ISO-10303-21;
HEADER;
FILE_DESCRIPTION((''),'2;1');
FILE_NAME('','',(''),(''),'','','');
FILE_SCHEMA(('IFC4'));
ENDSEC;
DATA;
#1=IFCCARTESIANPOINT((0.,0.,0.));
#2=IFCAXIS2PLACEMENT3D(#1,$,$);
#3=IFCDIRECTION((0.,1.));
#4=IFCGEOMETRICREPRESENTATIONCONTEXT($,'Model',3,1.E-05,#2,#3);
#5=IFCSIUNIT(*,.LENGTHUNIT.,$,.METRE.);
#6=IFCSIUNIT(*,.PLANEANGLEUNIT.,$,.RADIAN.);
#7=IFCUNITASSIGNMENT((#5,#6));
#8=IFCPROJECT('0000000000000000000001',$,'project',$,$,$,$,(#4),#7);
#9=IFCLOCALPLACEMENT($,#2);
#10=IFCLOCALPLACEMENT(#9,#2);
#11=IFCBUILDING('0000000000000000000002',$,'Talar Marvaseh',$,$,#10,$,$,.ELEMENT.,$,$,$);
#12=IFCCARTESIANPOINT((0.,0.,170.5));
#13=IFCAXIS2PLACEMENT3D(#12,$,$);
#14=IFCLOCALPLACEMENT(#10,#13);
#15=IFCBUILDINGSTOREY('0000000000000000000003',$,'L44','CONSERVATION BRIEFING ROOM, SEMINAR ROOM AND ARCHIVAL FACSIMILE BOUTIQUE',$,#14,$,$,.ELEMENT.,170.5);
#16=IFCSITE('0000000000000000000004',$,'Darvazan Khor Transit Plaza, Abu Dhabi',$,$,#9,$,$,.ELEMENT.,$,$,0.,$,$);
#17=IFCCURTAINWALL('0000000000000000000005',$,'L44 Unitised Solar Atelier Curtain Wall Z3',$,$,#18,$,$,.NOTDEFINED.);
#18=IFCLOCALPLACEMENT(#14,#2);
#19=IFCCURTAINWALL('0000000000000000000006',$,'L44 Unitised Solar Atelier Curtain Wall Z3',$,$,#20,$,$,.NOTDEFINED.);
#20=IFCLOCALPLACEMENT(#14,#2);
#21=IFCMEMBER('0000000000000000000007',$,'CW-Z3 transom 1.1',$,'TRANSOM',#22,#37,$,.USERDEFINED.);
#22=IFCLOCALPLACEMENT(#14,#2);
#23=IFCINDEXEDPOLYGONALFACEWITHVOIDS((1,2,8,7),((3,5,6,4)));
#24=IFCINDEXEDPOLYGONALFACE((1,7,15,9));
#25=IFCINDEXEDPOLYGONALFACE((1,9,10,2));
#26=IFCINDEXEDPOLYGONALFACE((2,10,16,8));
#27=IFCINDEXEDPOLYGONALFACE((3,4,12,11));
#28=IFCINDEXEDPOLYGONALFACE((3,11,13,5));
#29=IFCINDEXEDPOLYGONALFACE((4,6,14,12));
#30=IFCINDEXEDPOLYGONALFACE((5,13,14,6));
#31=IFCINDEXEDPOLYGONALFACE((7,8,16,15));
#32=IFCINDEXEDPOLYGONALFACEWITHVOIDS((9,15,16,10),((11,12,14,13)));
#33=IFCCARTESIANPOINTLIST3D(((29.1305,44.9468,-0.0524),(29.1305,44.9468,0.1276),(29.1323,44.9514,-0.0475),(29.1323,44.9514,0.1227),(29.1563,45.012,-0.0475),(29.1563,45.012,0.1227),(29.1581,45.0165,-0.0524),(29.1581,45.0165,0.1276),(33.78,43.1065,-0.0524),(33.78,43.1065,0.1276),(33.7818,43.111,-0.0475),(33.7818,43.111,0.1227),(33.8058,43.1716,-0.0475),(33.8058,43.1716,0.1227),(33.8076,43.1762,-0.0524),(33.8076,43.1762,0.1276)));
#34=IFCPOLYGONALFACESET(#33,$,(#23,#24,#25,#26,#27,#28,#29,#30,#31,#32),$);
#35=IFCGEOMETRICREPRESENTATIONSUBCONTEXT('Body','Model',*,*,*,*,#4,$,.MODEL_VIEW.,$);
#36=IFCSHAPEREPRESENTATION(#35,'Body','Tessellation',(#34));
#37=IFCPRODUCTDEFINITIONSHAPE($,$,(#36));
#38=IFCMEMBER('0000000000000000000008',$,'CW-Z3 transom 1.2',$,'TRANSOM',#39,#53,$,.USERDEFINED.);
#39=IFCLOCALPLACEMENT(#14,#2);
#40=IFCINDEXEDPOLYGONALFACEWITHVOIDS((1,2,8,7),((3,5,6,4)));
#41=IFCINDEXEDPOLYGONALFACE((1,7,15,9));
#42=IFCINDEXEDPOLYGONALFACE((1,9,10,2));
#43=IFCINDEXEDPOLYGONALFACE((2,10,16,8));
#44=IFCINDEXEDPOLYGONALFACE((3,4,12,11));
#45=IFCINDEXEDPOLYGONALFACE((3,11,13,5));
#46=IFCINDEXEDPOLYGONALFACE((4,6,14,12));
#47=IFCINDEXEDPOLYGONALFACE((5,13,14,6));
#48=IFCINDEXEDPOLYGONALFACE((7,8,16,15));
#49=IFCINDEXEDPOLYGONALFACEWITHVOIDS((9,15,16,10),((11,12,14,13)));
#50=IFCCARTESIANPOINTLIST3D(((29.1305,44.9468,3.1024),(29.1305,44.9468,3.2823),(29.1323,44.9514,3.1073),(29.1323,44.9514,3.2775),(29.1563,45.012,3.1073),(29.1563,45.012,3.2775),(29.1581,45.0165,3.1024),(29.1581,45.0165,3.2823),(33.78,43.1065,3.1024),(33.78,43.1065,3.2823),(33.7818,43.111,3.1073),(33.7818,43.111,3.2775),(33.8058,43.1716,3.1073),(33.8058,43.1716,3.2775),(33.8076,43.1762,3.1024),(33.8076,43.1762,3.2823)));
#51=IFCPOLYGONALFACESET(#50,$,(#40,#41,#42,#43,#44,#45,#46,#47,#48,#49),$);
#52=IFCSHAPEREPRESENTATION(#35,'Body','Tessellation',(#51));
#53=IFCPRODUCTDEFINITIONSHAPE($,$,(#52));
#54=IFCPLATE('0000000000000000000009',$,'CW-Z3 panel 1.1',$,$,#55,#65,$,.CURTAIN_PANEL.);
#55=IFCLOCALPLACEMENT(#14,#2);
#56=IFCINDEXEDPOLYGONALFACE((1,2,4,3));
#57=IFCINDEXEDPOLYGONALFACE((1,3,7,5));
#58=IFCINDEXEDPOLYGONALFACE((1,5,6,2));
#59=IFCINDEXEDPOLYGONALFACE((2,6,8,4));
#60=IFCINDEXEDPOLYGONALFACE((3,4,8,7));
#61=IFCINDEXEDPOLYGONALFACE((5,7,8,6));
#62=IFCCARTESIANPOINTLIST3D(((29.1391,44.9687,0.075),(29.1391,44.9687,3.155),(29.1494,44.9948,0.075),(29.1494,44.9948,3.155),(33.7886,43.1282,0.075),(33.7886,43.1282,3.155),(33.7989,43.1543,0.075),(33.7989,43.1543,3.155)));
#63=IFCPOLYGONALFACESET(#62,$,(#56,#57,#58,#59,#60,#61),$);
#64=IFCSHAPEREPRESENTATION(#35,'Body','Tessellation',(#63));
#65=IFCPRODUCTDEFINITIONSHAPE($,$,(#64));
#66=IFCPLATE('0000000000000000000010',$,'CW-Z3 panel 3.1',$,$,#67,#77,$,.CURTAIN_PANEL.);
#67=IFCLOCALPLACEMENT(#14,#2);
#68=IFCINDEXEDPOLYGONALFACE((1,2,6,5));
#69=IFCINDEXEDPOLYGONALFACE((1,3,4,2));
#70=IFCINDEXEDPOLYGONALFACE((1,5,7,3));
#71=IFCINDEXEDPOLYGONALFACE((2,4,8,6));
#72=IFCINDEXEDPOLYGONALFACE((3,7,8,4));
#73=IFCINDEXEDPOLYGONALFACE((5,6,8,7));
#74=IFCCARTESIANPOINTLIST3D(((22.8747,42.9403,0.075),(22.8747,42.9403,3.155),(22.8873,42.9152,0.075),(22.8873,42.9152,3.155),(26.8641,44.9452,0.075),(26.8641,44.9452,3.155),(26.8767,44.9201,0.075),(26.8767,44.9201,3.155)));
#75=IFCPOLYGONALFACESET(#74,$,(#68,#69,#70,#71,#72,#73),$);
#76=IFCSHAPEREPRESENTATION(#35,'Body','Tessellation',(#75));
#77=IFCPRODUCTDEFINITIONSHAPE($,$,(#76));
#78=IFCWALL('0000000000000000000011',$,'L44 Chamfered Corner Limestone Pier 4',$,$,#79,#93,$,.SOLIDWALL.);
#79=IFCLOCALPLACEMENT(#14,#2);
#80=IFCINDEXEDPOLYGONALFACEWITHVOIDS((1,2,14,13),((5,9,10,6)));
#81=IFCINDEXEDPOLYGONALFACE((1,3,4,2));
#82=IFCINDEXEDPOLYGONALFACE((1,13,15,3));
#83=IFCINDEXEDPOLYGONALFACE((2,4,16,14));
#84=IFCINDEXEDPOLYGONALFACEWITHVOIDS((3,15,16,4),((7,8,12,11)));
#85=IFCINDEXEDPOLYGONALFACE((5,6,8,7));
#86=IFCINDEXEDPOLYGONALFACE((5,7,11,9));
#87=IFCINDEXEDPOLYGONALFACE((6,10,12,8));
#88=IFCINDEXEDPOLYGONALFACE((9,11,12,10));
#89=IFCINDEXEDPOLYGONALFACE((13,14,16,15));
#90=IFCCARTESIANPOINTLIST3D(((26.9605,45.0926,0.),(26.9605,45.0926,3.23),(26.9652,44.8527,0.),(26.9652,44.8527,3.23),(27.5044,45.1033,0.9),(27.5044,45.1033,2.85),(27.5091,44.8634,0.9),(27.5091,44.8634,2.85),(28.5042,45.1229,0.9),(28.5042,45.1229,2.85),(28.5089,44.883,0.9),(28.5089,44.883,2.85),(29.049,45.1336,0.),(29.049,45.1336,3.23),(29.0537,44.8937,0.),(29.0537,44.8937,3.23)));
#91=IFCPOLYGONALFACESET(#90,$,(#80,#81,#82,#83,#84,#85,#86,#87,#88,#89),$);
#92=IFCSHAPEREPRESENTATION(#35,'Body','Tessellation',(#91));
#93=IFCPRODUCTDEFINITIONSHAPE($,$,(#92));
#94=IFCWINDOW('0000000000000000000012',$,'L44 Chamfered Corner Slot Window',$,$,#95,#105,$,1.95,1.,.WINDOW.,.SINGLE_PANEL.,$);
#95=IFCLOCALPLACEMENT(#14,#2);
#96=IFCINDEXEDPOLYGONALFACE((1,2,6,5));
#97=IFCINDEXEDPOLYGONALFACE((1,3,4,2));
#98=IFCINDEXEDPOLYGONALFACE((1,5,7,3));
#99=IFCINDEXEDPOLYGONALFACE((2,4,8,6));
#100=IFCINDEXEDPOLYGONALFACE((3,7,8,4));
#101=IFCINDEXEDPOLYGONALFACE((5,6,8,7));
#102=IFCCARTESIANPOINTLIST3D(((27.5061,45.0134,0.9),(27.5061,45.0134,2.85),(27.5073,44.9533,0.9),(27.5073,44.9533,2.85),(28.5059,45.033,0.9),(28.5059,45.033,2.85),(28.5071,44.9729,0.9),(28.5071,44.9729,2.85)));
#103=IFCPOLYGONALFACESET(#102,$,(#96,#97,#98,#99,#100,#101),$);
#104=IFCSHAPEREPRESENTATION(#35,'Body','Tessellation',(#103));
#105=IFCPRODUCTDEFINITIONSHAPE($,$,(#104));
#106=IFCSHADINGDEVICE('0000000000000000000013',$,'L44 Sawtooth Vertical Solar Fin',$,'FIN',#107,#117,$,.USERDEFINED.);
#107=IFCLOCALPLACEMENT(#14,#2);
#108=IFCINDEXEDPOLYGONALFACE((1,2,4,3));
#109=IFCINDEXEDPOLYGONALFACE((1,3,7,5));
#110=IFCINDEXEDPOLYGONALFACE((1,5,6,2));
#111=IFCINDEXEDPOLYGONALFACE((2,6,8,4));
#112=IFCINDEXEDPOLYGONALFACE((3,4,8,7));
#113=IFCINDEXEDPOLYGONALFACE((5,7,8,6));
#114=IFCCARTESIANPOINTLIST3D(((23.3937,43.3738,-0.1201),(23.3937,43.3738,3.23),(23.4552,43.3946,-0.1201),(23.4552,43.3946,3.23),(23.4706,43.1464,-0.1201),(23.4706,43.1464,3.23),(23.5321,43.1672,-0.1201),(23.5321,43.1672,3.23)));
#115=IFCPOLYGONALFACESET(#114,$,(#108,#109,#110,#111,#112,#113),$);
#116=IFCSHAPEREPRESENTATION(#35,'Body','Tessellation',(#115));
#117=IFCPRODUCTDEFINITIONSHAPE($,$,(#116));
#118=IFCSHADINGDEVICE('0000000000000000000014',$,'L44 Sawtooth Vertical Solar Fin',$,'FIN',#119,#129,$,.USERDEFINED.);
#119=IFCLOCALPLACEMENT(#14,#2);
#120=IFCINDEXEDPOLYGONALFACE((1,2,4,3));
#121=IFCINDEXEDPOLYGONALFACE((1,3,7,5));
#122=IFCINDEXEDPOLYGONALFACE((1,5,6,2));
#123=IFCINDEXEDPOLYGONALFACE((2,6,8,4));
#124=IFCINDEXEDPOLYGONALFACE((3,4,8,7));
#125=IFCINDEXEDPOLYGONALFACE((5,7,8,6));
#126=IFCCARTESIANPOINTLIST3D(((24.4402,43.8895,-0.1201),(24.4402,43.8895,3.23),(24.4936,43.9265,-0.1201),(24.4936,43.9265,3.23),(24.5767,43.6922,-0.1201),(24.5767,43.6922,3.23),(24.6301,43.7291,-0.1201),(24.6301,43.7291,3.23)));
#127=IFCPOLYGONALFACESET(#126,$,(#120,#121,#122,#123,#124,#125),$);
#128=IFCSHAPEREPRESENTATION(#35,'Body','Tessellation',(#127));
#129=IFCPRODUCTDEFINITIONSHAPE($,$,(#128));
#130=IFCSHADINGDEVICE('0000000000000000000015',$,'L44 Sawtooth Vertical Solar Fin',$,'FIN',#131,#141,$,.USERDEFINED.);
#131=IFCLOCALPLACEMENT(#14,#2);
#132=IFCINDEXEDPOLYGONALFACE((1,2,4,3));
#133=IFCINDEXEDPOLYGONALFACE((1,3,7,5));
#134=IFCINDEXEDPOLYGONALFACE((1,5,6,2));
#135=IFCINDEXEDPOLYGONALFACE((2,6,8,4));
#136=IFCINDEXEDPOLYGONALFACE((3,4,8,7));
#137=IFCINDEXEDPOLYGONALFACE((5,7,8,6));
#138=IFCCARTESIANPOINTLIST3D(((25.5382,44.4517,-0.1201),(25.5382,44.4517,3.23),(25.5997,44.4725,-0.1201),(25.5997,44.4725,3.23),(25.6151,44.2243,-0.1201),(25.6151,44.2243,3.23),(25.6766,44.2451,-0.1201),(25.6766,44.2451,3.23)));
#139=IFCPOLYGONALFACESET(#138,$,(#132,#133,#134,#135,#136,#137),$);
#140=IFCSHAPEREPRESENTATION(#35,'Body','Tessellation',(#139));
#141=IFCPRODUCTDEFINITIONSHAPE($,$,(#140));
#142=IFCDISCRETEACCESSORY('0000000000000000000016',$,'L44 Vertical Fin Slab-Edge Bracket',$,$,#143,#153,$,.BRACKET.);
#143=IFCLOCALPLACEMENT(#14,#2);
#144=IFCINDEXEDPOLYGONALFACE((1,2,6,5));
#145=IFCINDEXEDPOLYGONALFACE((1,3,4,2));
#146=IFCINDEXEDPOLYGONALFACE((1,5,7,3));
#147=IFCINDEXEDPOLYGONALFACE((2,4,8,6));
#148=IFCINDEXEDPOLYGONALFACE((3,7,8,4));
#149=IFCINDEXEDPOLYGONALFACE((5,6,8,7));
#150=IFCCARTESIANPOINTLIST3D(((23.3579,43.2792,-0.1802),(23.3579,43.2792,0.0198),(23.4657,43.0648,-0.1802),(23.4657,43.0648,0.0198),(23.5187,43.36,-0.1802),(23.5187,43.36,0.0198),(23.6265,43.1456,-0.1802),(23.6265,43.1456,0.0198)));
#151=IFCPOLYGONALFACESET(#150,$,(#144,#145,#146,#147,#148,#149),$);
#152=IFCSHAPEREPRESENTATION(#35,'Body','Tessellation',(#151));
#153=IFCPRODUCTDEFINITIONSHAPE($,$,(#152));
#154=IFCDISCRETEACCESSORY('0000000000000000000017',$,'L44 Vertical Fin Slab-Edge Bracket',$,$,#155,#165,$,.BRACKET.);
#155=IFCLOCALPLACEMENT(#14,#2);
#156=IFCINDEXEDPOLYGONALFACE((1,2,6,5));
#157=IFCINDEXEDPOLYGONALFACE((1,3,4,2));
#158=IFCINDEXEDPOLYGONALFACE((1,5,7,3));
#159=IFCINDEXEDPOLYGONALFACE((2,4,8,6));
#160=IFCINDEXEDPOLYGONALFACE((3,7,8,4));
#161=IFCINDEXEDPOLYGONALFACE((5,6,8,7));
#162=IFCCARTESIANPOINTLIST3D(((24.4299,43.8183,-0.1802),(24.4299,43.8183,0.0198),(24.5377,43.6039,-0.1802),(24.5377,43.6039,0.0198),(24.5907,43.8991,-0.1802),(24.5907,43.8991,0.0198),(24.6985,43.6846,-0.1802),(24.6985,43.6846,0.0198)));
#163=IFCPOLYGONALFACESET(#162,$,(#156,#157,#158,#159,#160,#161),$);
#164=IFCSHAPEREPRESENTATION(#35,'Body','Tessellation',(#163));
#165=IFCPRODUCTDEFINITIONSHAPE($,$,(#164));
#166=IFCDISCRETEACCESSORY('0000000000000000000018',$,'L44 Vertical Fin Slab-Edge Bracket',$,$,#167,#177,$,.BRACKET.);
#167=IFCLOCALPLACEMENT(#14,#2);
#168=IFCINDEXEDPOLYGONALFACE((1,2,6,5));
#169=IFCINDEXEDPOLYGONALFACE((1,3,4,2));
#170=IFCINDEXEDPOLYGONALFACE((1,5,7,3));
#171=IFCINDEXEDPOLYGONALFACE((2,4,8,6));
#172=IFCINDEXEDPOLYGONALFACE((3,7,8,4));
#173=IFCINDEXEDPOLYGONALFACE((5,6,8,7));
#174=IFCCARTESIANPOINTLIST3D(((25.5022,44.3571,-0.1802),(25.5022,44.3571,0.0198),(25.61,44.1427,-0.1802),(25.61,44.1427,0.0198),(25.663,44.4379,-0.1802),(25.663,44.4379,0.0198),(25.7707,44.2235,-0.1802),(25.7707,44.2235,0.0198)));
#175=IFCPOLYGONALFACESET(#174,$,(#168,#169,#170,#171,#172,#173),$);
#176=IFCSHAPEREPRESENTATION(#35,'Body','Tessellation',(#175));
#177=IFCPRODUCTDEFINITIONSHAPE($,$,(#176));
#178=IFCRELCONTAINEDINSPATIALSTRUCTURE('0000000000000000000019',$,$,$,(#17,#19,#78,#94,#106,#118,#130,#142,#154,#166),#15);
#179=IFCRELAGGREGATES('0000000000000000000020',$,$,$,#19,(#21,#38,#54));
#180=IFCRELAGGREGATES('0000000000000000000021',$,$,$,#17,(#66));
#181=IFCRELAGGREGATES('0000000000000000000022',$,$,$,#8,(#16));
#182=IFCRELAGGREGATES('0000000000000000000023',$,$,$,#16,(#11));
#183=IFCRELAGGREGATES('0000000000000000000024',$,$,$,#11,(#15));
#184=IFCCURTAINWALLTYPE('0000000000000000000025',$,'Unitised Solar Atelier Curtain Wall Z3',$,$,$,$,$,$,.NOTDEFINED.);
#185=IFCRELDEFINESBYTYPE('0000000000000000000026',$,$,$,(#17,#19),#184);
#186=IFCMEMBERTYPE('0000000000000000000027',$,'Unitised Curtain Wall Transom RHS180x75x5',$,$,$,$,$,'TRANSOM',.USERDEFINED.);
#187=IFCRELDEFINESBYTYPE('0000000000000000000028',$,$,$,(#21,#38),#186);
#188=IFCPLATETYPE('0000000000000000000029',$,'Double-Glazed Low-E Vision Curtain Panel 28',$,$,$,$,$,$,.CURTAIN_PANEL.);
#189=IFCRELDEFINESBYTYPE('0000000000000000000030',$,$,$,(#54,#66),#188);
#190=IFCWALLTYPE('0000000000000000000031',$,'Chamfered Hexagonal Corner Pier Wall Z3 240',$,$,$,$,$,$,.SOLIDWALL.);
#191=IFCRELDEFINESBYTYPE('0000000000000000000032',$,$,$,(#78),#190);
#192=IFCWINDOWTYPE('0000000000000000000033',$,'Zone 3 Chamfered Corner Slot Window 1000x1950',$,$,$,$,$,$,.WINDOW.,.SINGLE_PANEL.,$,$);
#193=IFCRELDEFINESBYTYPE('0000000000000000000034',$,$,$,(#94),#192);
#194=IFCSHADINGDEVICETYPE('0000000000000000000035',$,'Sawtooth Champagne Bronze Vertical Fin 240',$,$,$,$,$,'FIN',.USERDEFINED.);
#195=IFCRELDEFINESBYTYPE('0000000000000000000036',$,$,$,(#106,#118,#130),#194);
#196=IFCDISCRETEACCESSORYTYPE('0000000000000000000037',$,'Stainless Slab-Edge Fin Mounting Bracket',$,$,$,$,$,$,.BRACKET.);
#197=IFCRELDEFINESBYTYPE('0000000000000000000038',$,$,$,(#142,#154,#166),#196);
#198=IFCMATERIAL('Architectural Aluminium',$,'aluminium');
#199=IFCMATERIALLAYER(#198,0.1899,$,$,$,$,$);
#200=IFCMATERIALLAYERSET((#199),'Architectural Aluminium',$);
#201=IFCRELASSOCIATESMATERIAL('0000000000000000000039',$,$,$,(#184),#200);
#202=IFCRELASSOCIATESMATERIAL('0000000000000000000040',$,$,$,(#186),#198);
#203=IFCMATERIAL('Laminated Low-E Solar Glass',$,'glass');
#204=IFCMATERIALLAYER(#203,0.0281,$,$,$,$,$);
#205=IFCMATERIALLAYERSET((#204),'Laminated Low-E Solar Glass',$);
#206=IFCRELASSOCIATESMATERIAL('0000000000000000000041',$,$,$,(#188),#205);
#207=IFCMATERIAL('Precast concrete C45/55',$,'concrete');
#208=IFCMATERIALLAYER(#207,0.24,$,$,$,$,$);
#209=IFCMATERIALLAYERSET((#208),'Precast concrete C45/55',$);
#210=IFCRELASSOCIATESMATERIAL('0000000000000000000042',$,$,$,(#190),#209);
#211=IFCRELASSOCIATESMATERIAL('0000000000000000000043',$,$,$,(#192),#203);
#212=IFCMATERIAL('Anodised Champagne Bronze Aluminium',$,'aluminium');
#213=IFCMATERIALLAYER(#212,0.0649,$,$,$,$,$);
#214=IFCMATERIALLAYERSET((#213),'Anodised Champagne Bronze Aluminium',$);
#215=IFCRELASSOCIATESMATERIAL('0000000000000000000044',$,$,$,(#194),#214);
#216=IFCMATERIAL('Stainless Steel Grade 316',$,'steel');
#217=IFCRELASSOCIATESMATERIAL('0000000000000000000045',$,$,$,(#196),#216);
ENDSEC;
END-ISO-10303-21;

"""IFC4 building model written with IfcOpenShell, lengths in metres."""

from ifc_helpers import new_model, si_unit, direction, frame, frame_2d, origin, origin_2d, place, context, subcontext, project, spatial, rectangle, hollow_rectangle, extrude, source, transform, mapped, material, layer, layer_set, material_profile, profile_set, type_object, type_shapes, element, fill, aggregate, save


model = new_model("IFC4")

# Units and contexts
model_context = context("Model", 3, precision=1e-05, world=origin(), true_north=direction((0.0, 1.0)))
body_context = subcontext(model_context, "Body", "Model", "MODEL_VIEW")
ifc_project = project(units=[si_unit("LENGTHUNIT", "METRE"), si_unit("PLANEANGLEUNIT", "RADIAN")], contexts=[model_context])

# Site, building, storey
site_placement = place(None, origin())
site = spatial("IfcSite", under=ifc_project, at=site_placement, Name="Darvazan Khor Transit Plaza, Abu Dhabi", CompositionType="ELEMENT", RefElevation=0.0)
building_placement = place(site_placement, origin())
building = spatial("IfcBuilding", under=site, at=building_placement, Name="Talar Marvaseh", CompositionType="ELEMENT")
storey_placement = place(building_placement, frame((0.0, 0.0, 170.5)))
storey = spatial("IfcBuildingStorey", under=building, at=storey_placement, Name="L44", Description="CONSERVATION BRIEFING ROOM, SEMINAR ROOM AND ARCHIVAL FACSIMILE BOUTIQUE", CompositionType="ELEMENT", Elevation=170.5)

# Curtain wall
ifc_material_1 = material(Name="Architectural Aluminium", Category="aluminium")
ifc_layer_1 = layer(ifc_material_1, 0.1899)
ifc_layer_set_1 = layer_set([ifc_layer_1], Name="Architectural Aluminium")
curtain_wall_type = type_object("IfcCurtainWallType", Name="Unitised Solar Atelier Curtain Wall Z3", PredefinedType="NOTDEFINED", material=ifc_layer_set_1)
curtain_wall_1_placement = place(storey_placement, origin())
curtain_wall_1 = element("IfcCurtainWall", 1, at=curtain_wall_1_placement, inside=storey, type_object=curtain_wall_type, Name="L44 Unitised Solar Atelier Curtain Wall Z3", PredefinedType="NOTDEFINED")

# Curtain wall
curtain_wall_2_placement = place(storey_placement, origin())
curtain_wall_2 = element("IfcCurtainWall", 2, at=curtain_wall_2_placement, inside=storey, type_object=curtain_wall_type, Name="L44 Unitised Solar Atelier Curtain Wall Z3", PredefinedType="NOTDEFINED")

# Members
ifc_material_profile_1 = material_profile(ifc_material_1, hollow_rectangle(XDim=0.075, YDim=0.1799, WallThickness=0.0049, at=origin_2d()), Name="RHS180x75x5")
ifc_profile_set_1 = profile_set([ifc_material_profile_1], Name="Architectural Aluminium")
member_type_1 = type_object("IfcMemberType", Name="Unitised Curtain Wall Transom RHS180x75x5", ElementType="TRANSOM", PredefinedType="USERDEFINED", material=ifc_profile_set_1)
shared_shape_1 = source(origin(), body_context, "Body", "SweptSolid", [
    extrude(hollow_rectangle(XDim=0.075, YDim=0.1799, WallThickness=0.0049, at=origin_2d()), origin(), (0.0, 0.0, 1.0), 5.0005),
])
member_1_placement = place(storey_placement, frame((29.1443, 44.9817, 0.0376), z_axis=(0.929811, -0.368038, 0.0), x_axis=(0.368038, 0.929811, 0.0)))
member_1 = element("IfcMember", 3, at=member_1_placement, type_object=member_type_1, Name="CW-Z3 transom 1.1", ObjectType="TRANSOM", PredefinedType="USERDEFINED", context=body_context, shape_type="MappedRepresentation", body=[
    mapped(shared_shape_1, transform((0.0, 0.0, 0.0), x_axis=(1.0, 0.0, 0.0), y_axis=(0.0, 1.0, 0.0), z_axis=(0.0, 0.0, 1.0), scale=1.0)),
])
member_2_placement = place(storey_placement, frame((29.1443, 44.9817, 3.1924), z_axis=(0.929811, -0.368038, 0.0), x_axis=(0.368038, 0.929811, 0.0)))
member_2 = element("IfcMember", 4, at=member_2_placement, type_object=member_type_1, Name="CW-Z3 transom 1.2", ObjectType="TRANSOM", PredefinedType="USERDEFINED", context=body_context, shape_type="MappedRepresentation", body=[
    mapped(shared_shape_1, transform((0.0, 0.0, 0.0), x_axis=(1.0, 0.0, 0.0), y_axis=(0.0, 1.0, 0.0), z_axis=(0.0, 0.0, 1.0), scale=1.0)),
])

# Plates
ifc_material_2 = material(Name="Laminated Low-E Solar Glass", Category="glass")
ifc_layer_2 = layer(ifc_material_2, 0.0281)
ifc_layer_set_2 = layer_set([ifc_layer_2], Name="Laminated Low-E Solar Glass")
plate_type = type_object("IfcPlateType", Name="Double-Glazed Low-E Vision Curtain Panel 28", PredefinedType="CURTAIN_PANEL", material=ifc_layer_set_2)
shared_shape_2 = source(origin(), body_context, "Body", "SweptSolid", [
    extrude(rectangle(XDim=5.0005, YDim=0.0281, at=origin_2d()), origin(), (0.0, 0.0, 1.0), 3.0801),
])
plate_1_placement = place(storey_placement, frame((31.469, 44.0615, 0.075), z_axis=(0.0, 0.0, 1.0), x_axis=(0.929801, -0.368062, 0.0)))
plate_1 = element("IfcPlate", 5, at=plate_1_placement, type_object=plate_type, Name="CW-Z3 panel 1.1", PredefinedType="CURTAIN_PANEL", context=body_context, shape_type="MappedRepresentation", body=[
    mapped(shared_shape_2, transform((0.0, 0.0, 0.0), x_axis=(1.0, 0.0, 0.0), y_axis=(0.0, 1.0, 0.0), z_axis=(0.0, 0.0, 1.0), scale=1.0)),
])
aggregate(curtain_wall_2, [member_1, member_2, plate_1])
shared_shape_3 = source(origin(), body_context, "Body", "SweptSolid", [
    extrude(rectangle(XDim=4.4648, YDim=0.0281, at=origin_2d()), origin(), (0.0, 0.0, 1.0), 3.0801),
])
type_shapes(plate_type, [shared_shape_2, shared_shape_3])
plate_2_placement = place(storey_placement, frame((24.8757, 43.9302, 0.075), z_axis=(0.0, 0.0, 1.0), x_axis=(0.893511, 0.449042, 0.0)))
plate_2 = element("IfcPlate", 6, at=plate_2_placement, type_object=plate_type, Name="CW-Z3 panel 3.1", PredefinedType="CURTAIN_PANEL", context=body_context, shape_type="MappedRepresentation", body=[
    mapped(shared_shape_3, transform((0.0, 0.0, 0.0), x_axis=(1.0, 0.0, 0.0), y_axis=(0.0, 1.0, 0.0), z_axis=(0.0, 0.0, 1.0), scale=1.0)),
])
aggregate(curtain_wall_1, [plate_2])

# Wall, opening, window
ifc_material_3 = material(Name="Precast concrete C45/55", Category="concrete")
ifc_layer_3 = layer(ifc_material_3, 0.24)
ifc_layer_set_3 = layer_set([ifc_layer_3], Name="Precast concrete C45/55")
wall_type = type_object("IfcWallType", Name="Chamfered Hexagonal Corner Pier Wall Z3 240", PredefinedType="SOLIDWALL", material=ifc_layer_set_3)
wall_placement = place(storey_placement, frame((26.9629, 44.9727, 0.0), z_axis=(0.0, 0.0, 1.0), x_axis=(0.999807, 0.019636, 0.0)))
wall = element("IfcWall", 7, at=wall_placement, inside=storey, type_object=wall_type, Name="L44 Chamfered Corner Limestone Pier 4", PredefinedType="SOLIDWALL", context=body_context, shape_type="SweptSolid", body=[
    extrude(rectangle(XDim=2.0889, YDim=0.24, at=frame_2d((1.0444, 0.0))), origin(), (0.0, 0.0, 1.0), 3.23),
])
opening_placement = place(wall_placement, frame((0.5439, 0.0, 0.8999)))
opening = element("IfcOpeningElement", 8, at=opening_placement, cuts=wall, PredefinedType="OPENING", context=body_context, shape_type="SweptSolid", body=[
    extrude(rectangle(XDim=1.0, YDim=1.95, at=frame_2d((0.5, 0.9751))), frame((0.0, 0.1299, 0.0), z_axis=(0.0, -1.0, 0.0), x_axis=(1.0, 0.0, 0.0)), (0.0, 0.0, 1.0), 0.26),
])
window_type = type_object("IfcWindowType", Name="Zone 3 Chamfered Corner Slot Window 1000x1950", PartitioningType="SINGLE_PANEL", PredefinedType="WINDOW", material=ifc_material_2)
shared_shape_4 = source(origin(), body_context, "Body", "SweptSolid", [
    extrude(rectangle(XDim=1.0, YDim=1.95, at=frame_2d((0.5, 0.9751))), frame((0.0, 0.03, 0.0), z_axis=(0.0, -1.0, 0.0), x_axis=(1.0, 0.0, 0.0)), (0.0, 0.0, 1.0), 0.0601),
])
type_shapes(window_type, [shared_shape_4])
window_placement = place(opening_placement, origin())
window = element("IfcWindow", 9, at=window_placement, inside=storey, type_object=window_type, Name="L44 Chamfered Corner Slot Window", OverallHeight=1.95, OverallWidth=1.0, PartitioningType="SINGLE_PANEL", PredefinedType="WINDOW", context=body_context, shape_type="MappedRepresentation", body=[
    mapped(shared_shape_4, transform((0.0, 0.0, 0.0), x_axis=(1.0, 0.0, 0.0), y_axis=(0.0, 1.0, 0.0), z_axis=(0.0, 0.0, 1.0), scale=1.0)),
])
fill(opening, window)

# Shading devices
ifc_material_4 = material(Name="Anodised Champagne Bronze Aluminium", Category="aluminium")
ifc_layer_4 = layer(ifc_material_4, 0.0649)
ifc_layer_set_4 = layer_set([ifc_layer_4], Name="Anodised Champagne Bronze Aluminium")
shading_device_type = type_object("IfcShadingDeviceType", Name="Sawtooth Champagne Bronze Vertical Fin 240", ElementType="FIN", PredefinedType="USERDEFINED", material=ifc_layer_set_4)
shared_shape_5 = source(origin(), body_context, "Body", "SweptSolid", [
    extrude(rectangle(XDim=0.24, YDim=0.0649, at=origin_2d()), origin(), (0.0, 0.0, 1.0), 3.3501),
])
type_shapes(shading_device_type, [shared_shape_5])
for number, where, z_axis, x_axis, name in (
    (10, (23.4629, 43.2705, -0.1201), (0.0, 0.0, 1.0), (-0.320282, 0.947322, 0.0), "L44 Sawtooth Vertical Solar Fin"),
    (11, (24.5352, 43.8093, -0.1201), (0.0, 0.0, 1.0), (-0.568993, 0.822343, 0.0), "L44 Sawtooth Vertical Solar Fin"),
    (12, (25.6074, 44.3484, -0.1201), (0.0, 0.0, 1.0), (-0.320282, 0.947322, 0.0), "L44 Sawtooth Vertical Solar Fin"),
):
    element("IfcShadingDevice", number, at=place(storey_placement, frame(where, z_axis=z_axis, x_axis=x_axis)), inside=storey, type_object=shading_device_type, Name=name, ObjectType="FIN", PredefinedType="USERDEFINED", context=body_context, shape_type="MappedRepresentation", body=[
        mapped(shared_shape_5, transform((0.0, 0.0, 0.0), x_axis=(1.0, 0.0, 0.0), y_axis=(0.0, 1.0, 0.0), z_axis=(0.0, 0.0, 1.0), scale=1.0)),
    ])

# Discrete accessories
ifc_material_5 = material(Name="Stainless Steel Grade 316", Category="steel")
discrete_accessory_type = type_object("IfcDiscreteAccessoryType", Name="Stainless Slab-Edge Fin Mounting Bracket", PredefinedType="BRACKET", material=ifc_material_5)
shared_shape_6 = source(origin(), body_context, "Body", "SweptSolid", [
    extrude(rectangle(XDim=0.24, YDim=0.1799, at=origin_2d()), origin(), (0.0, 0.0, 1.0), 0.2),
])
type_shapes(discrete_accessory_type, [shared_shape_6])
for number, where, z_axis, x_axis, name in (
    (13, (23.4922, 43.2124, -0.1802), (0.0, 0.0, 1.0), (-0.449007, 0.893528, 0.0), "L44 Vertical Fin Slab-Edge Bracket"),
    (14, (24.5642, 43.7515, -0.1802), (0.0, 0.0, 1.0), (-0.449007, 0.893528, 0.0), "L44 Vertical Fin Slab-Edge Bracket"),
    (15, (25.6365, 44.2903, -0.1802), (0.0, 0.0, 1.0), (-0.449007, 0.893528, 0.0), "L44 Vertical Fin Slab-Edge Bracket"),
):
    element("IfcDiscreteAccessory", number, at=place(storey_placement, frame(where, z_axis=z_axis, x_axis=x_axis)), inside=storey, type_object=discrete_accessory_type, Name=name, PredefinedType="BRACKET", context=body_context, shape_type="MappedRepresentation", body=[
        mapped(shared_shape_6, transform((0.0, 0.0, 0.0), x_axis=(1.0, 0.0, 0.0), y_axis=(0.0, 1.0, 0.0), z_axis=(0.0, 0.0, 1.0), scale=1.0)),
    ])

save(model, "model.ifc")
